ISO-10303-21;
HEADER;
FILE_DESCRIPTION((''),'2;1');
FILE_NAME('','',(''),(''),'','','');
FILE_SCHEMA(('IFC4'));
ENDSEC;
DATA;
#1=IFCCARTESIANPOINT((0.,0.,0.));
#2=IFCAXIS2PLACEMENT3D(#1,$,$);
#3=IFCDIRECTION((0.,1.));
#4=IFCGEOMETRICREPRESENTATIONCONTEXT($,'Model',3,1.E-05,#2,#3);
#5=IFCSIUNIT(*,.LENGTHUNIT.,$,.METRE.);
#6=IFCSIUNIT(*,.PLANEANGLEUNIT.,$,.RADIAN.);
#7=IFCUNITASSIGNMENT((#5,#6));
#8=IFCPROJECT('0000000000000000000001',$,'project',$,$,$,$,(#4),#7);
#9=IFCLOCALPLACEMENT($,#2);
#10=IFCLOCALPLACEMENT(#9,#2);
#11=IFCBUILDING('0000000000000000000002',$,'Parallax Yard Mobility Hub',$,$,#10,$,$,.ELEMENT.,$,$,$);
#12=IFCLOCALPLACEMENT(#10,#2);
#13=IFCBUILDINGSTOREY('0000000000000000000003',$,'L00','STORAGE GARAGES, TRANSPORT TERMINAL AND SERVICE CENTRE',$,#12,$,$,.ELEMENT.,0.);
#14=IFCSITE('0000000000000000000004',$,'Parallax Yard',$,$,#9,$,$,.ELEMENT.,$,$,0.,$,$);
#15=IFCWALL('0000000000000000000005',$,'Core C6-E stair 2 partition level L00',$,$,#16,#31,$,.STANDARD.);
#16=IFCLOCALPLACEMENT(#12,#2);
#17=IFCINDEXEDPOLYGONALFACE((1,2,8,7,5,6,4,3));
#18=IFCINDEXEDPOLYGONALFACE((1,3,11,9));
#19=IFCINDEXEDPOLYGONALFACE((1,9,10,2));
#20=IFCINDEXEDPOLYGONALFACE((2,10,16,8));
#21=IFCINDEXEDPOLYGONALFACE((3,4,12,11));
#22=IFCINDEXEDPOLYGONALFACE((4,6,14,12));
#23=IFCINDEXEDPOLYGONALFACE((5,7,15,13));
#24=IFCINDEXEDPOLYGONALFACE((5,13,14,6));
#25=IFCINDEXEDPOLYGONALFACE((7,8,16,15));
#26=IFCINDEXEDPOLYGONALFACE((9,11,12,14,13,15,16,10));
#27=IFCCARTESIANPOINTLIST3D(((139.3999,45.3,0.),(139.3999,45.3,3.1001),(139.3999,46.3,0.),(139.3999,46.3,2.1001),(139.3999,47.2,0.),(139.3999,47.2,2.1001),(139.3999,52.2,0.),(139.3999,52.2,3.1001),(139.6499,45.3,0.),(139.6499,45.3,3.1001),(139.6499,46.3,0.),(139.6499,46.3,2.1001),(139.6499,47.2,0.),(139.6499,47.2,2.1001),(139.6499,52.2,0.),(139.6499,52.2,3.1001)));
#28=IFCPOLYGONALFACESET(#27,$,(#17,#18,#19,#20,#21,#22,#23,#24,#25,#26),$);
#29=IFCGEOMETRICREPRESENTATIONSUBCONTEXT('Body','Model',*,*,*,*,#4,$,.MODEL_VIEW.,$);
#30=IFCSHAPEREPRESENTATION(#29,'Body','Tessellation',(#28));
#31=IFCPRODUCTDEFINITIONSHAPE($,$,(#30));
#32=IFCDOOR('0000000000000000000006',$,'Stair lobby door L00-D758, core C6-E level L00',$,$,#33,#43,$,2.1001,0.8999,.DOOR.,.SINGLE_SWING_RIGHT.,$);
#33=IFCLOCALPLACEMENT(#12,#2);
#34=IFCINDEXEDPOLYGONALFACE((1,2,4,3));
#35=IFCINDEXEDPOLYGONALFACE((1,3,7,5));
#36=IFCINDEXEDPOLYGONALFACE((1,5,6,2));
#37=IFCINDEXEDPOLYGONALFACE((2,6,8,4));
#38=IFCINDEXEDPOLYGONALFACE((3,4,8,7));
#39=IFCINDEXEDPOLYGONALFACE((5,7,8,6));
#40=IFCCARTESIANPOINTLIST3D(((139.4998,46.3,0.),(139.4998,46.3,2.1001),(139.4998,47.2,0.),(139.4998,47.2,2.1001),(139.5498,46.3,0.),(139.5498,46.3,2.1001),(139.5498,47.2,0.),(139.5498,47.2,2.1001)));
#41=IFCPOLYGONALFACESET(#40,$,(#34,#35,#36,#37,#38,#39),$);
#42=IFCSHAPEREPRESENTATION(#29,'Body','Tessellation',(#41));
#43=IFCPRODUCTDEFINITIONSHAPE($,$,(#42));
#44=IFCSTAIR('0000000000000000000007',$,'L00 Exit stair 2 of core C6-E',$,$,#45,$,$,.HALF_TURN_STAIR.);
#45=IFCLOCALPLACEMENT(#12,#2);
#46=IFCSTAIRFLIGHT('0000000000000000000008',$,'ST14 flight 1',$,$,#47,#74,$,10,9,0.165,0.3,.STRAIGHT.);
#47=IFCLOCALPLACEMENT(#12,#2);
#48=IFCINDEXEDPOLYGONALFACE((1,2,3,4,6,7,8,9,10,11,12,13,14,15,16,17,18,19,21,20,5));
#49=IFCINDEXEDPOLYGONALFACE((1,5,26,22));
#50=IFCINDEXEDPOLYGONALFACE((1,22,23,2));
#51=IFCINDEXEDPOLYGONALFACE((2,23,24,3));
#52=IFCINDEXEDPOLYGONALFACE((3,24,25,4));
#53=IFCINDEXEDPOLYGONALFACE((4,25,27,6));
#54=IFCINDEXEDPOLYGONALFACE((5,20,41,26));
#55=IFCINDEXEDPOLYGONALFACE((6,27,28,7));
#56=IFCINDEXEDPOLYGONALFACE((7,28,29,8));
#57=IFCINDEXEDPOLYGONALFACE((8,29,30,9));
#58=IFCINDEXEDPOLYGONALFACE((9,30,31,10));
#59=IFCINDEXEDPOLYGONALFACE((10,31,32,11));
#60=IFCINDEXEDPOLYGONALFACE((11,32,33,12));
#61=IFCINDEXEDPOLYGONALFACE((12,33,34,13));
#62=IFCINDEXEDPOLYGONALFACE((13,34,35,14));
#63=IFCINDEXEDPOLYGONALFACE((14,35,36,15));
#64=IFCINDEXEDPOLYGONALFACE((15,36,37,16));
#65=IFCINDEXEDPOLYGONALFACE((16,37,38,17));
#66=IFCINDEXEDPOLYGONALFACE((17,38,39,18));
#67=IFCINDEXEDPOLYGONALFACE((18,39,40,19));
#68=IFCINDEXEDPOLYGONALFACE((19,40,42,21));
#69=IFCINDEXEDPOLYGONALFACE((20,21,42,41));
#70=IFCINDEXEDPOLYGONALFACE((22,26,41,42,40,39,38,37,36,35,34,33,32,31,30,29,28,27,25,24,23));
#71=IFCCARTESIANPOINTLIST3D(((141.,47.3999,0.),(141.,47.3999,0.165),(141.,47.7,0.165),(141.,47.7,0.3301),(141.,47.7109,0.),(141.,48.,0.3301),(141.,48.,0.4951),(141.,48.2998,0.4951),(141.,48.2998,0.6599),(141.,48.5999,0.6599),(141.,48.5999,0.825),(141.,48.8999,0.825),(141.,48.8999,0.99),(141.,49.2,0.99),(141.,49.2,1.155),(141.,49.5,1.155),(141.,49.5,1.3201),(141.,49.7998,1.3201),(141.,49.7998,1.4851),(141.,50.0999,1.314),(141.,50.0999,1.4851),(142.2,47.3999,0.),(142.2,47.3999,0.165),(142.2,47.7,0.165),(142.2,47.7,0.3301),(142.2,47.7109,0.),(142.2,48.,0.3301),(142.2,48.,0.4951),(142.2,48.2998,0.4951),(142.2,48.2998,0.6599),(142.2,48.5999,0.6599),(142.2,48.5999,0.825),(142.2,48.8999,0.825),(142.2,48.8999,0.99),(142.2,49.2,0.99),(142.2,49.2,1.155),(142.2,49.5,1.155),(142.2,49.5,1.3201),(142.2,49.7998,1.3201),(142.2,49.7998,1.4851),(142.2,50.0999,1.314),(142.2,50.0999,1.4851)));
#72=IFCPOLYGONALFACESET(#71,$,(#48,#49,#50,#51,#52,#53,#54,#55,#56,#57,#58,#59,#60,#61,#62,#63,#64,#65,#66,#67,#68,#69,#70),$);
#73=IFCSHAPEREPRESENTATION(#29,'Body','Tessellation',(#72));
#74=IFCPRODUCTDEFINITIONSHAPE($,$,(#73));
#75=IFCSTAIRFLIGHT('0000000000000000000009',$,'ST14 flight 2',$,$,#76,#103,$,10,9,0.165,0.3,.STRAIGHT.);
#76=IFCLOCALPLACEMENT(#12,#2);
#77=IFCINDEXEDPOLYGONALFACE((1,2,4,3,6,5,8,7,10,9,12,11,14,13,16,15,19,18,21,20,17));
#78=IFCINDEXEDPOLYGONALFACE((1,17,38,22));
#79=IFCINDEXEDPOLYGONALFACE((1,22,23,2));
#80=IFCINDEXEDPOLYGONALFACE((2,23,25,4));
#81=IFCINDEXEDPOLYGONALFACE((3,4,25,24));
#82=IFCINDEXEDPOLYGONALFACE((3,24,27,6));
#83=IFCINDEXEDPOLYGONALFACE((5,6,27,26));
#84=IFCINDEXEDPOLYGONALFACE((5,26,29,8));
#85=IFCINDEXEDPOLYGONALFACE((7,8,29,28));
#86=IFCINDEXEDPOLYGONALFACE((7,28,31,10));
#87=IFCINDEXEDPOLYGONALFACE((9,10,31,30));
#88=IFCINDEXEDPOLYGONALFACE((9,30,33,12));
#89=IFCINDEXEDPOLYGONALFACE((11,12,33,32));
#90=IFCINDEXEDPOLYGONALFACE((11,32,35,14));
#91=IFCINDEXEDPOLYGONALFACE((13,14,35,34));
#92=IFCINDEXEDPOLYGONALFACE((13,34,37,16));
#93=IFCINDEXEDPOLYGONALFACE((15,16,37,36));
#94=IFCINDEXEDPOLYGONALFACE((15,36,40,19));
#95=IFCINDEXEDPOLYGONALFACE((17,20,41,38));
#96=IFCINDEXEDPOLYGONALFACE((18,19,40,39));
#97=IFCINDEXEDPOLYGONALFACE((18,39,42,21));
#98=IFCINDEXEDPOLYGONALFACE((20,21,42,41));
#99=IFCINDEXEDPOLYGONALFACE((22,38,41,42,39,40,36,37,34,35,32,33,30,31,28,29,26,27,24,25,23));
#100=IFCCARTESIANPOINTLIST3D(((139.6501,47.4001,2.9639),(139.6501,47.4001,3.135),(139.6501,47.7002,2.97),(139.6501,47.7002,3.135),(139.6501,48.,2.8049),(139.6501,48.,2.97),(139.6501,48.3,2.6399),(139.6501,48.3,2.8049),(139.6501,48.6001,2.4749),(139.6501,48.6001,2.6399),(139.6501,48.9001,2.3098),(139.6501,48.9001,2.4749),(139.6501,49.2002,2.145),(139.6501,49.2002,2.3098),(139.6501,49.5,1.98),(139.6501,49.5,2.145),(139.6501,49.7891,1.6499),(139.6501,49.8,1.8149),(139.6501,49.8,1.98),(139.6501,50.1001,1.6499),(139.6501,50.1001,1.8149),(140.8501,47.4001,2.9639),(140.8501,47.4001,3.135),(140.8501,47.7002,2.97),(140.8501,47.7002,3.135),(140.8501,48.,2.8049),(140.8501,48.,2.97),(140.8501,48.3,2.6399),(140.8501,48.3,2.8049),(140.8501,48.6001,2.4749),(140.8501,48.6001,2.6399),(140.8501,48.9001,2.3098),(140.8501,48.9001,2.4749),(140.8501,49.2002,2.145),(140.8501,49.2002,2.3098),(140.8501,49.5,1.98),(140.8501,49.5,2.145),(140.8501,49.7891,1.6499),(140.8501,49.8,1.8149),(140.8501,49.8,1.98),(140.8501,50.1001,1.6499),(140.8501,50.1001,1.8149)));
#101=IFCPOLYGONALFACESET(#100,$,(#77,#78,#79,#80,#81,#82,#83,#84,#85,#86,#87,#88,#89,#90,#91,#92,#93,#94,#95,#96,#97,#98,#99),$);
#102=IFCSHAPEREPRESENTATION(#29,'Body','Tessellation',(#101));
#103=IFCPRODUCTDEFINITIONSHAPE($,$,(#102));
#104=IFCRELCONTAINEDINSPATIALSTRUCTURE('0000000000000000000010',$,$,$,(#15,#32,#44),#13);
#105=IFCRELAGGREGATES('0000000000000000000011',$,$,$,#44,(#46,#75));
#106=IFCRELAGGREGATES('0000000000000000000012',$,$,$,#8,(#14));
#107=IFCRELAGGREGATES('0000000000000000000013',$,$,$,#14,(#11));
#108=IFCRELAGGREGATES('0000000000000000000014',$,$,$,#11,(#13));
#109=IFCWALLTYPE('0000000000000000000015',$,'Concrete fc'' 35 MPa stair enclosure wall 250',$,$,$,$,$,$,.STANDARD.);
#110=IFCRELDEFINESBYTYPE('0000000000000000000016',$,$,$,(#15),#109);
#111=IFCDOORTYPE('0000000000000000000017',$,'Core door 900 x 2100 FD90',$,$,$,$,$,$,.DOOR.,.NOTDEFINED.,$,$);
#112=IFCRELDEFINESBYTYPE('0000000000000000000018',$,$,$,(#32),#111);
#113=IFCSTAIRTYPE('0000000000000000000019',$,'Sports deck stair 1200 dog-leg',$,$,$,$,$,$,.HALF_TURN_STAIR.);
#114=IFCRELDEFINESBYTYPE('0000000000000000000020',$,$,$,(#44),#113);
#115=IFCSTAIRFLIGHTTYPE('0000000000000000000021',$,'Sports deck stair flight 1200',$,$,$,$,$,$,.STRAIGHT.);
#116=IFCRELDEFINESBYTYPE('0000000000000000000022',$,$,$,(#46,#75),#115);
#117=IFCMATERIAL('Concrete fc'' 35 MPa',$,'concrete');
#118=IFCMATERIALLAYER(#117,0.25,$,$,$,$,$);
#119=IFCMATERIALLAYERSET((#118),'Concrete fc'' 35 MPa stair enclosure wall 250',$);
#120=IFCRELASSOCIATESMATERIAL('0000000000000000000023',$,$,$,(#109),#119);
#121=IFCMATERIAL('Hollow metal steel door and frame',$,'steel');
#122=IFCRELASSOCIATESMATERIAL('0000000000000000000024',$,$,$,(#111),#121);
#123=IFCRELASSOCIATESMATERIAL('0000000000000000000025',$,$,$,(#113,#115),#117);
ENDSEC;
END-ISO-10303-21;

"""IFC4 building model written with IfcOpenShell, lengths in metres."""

from ifc_helpers import new_model, si_unit, direction, frame, frame_2d, origin, place, context, subcontext, project, spatial, polyline, rectangle, outline, extrude, material, layer, layer_set, type_object, element, fill, aggregate, save


model = new_model("IFC4")

# Units and contexts
model_context = context("Model", 3, precision=1e-05, world=origin(), true_north=direction((0.0, 1.0)))
body_context = subcontext(model_context, "Body", "Model", "MODEL_VIEW")
ifc_project = project(units=[si_unit("LENGTHUNIT", "METRE"), si_unit("PLANEANGLEUNIT", "RADIAN")], contexts=[model_context])

# Site, building, storey
site_placement = place(None, origin())
site = spatial("IfcSite", under=ifc_project, at=site_placement, Name="Parallax Yard", CompositionType="ELEMENT", RefElevation=0.0)
building_placement = place(site_placement, origin())
building = spatial("IfcBuilding", under=site, at=building_placement, Name="Parallax Yard Mobility Hub", CompositionType="ELEMENT")
storey_placement = place(building_placement, origin())
storey = spatial("IfcBuildingStorey", under=building, at=storey_placement, Name="L00", Description="STORAGE GARAGES, TRANSPORT TERMINAL AND SERVICE CENTRE", CompositionType="ELEMENT", Elevation=0.0)

# Shared definitions
ifc_material_1 = material(Name="Concrete fc' 35 MPa", Category="concrete")
ifc_material_2 = material(Name="Hollow metal steel door and frame", Category="steel")

# Wall, opening, door
ifc_layer_1 = layer(ifc_material_1, 0.25)
ifc_layer_set_1 = layer_set([ifc_layer_1], Name="Concrete fc' 35 MPa stair enclosure wall 250")
wall_type_1 = type_object("IfcWallType", Name="Concrete fc' 35 MPa stair enclosure wall 250", PredefinedType="STANDARD", material=ifc_layer_set_1)
wall_1_placement = place(storey_placement, frame((139.5249, 52.2, 0.0), z_axis=(0.0, 0.0, 1.0), x_axis=(0.0, -1.0, 0.0)))
wall_1 = element("IfcWall", 1, at=wall_1_placement, inside=storey, type_object=wall_type_1, Name="Core C6-E stair 2 partition level L00", PredefinedType="STANDARD", context=body_context, shape_type="SweptSolid", body=[
    extrude(rectangle(XDim=6.8999, YDim=0.25, at=frame_2d((3.45, 0.0))), origin(), (0.0, 0.0, 1.0), 3.1001),
])
opening_1_placement = place(wall_1_placement, frame((5.0, 0.0, 0.0)))
opening_1 = element("IfcOpeningElement", 2, at=opening_1_placement, cuts=wall_1, PredefinedType="OPENING", context=body_context, shape_type="SweptSolid", body=[
    extrude(rectangle(XDim=0.8999, YDim=2.1001, at=frame_2d((0.45, 1.05))), frame((0.0, 0.135, 0.0), z_axis=(0.0, -1.0, 0.0), x_axis=(1.0, 0.0, 0.0)), (0.0, 0.0, 1.0), 0.27),
])
door_type_1 = type_object("IfcDoorType", Name="Core door 900 x 2100 FD90", OperationType="NOTDEFINED", PredefinedType="DOOR", material=ifc_material_2)
door_1_placement = place(opening_1_placement, origin())
door_1 = element("IfcDoor", 3, at=door_1_placement, inside=storey, type_object=door_type_1, Name="Stair lobby door L00-D758, core C6-E level L00", OperationType="SINGLE_SWING_RIGHT", OverallHeight=2.1001, OverallWidth=0.8999, PredefinedType="DOOR", context=body_context, shape_type="SweptSolid", body=[
    extrude(rectangle(XDim=0.8999, YDim=2.1001, at=frame_2d((0.45, 1.05))), frame((0.0, 0.0249, 0.0), z_axis=(0.0, -1.0, 0.0), x_axis=(1.0, 0.0, 0.0)), (0.0, 0.0, 1.0), 0.05),
])
fill(opening_1, door_1)

# Stair, stair flights
stair_type = type_object("IfcStairType", Name="Sports deck stair 1200 dog-leg", PredefinedType="HALF_TURN_STAIR", material=ifc_material_1)
stair_placement = place(storey_placement, origin())
stair = element("IfcStair", 4, at=stair_placement, inside=storey, type_object=stair_type, Name="L00 Exit stair 2 of core C6-E", PredefinedType="HALF_TURN_STAIR")
stair_flight_type = type_object("IfcStairFlightType", Name="Sports deck stair flight 1200", PredefinedType="STRAIGHT", material=ifc_material_1)
stair_flight_1_placement = place(storey_placement, frame((141.6001, 47.3999, 0.0), z_axis=(0.0, 0.0, 1.0), x_axis=(0.0, 1.0, 0.0)))
stair_flight_1 = element("IfcStairFlight", 5, at=stair_flight_1_placement, type_object=stair_flight_type, Name="ST14 flight 1", NumberOfRisers=10, NumberOfTreads=9, PredefinedType="STRAIGHT", RiserHeight=0.165, TreadLength=0.3, context=body_context, shape_type="SweptSolid", body=[
    extrude(outline(polyline([(0.0, 0.0), (0.0, 0.165), (0.3, 0.165), (0.3, 0.3301), (0.6001, 0.3301), (0.6001, 0.4951), (0.8999, 0.4951), (0.8999, 0.6599), (1.2, 0.6599), (1.2, 0.825), (1.5, 0.825), (1.5, 0.99), (1.8, 0.99), (1.8, 1.155), (2.1001, 1.155), (2.1001, 1.3201), (2.3999, 1.3201), (2.3999, 1.4851), (2.7, 1.4851), (2.7, 1.6499), (2.7, 1.314), (0.311, 0.0), (0.0, 0.0)])), frame((0.0, 0.6001, 0.0), z_axis=(0.0, -1.0, 0.0), x_axis=(1.0, 0.0, 0.0)), (0.0, 0.0, 1.0), 1.2),
])
stair_flight_2_placement = place(storey_placement, frame((140.25, 50.1001, 1.6499), z_axis=(0.0, 0.0, 1.0), x_axis=(0.0, -1.0, 0.0)))
stair_flight_2 = element("IfcStairFlight", 6, at=stair_flight_2_placement, type_object=stair_flight_type, Name="ST14 flight 2", NumberOfRisers=10, NumberOfTreads=9, PredefinedType="STRAIGHT", RiserHeight=0.165, TreadLength=0.3, context=body_context, shape_type="SweptSolid", body=[
    extrude(outline(polyline([(0.0, 0.0), (0.0, 0.165), (0.3, 0.165), (0.3, 0.3301), (0.6001, 0.3301), (0.6001, 0.4951), (0.8999, 0.4951), (0.8999, 0.6599), (1.2, 0.6599), (1.2, 0.825), (1.5, 0.825), (1.5, 0.99), (1.8, 0.99), (1.8, 1.155), (2.1001, 1.155), (2.1001, 1.3201), (2.3999, 1.3201), (2.3999, 1.4851), (2.7, 1.4851), (2.7, 1.6499), (2.7, 1.314), (0.311, 0.0), (0.0, 0.0)])), frame((0.0, 0.6001, 0.0), z_axis=(0.0, -1.0, 0.0), x_axis=(1.0, 0.0, 0.0)), (0.0, 0.0, 1.0), 1.2),
])
aggregate(stair, [stair_flight_1, stair_flight_2])

save(model, "model.ifc")
